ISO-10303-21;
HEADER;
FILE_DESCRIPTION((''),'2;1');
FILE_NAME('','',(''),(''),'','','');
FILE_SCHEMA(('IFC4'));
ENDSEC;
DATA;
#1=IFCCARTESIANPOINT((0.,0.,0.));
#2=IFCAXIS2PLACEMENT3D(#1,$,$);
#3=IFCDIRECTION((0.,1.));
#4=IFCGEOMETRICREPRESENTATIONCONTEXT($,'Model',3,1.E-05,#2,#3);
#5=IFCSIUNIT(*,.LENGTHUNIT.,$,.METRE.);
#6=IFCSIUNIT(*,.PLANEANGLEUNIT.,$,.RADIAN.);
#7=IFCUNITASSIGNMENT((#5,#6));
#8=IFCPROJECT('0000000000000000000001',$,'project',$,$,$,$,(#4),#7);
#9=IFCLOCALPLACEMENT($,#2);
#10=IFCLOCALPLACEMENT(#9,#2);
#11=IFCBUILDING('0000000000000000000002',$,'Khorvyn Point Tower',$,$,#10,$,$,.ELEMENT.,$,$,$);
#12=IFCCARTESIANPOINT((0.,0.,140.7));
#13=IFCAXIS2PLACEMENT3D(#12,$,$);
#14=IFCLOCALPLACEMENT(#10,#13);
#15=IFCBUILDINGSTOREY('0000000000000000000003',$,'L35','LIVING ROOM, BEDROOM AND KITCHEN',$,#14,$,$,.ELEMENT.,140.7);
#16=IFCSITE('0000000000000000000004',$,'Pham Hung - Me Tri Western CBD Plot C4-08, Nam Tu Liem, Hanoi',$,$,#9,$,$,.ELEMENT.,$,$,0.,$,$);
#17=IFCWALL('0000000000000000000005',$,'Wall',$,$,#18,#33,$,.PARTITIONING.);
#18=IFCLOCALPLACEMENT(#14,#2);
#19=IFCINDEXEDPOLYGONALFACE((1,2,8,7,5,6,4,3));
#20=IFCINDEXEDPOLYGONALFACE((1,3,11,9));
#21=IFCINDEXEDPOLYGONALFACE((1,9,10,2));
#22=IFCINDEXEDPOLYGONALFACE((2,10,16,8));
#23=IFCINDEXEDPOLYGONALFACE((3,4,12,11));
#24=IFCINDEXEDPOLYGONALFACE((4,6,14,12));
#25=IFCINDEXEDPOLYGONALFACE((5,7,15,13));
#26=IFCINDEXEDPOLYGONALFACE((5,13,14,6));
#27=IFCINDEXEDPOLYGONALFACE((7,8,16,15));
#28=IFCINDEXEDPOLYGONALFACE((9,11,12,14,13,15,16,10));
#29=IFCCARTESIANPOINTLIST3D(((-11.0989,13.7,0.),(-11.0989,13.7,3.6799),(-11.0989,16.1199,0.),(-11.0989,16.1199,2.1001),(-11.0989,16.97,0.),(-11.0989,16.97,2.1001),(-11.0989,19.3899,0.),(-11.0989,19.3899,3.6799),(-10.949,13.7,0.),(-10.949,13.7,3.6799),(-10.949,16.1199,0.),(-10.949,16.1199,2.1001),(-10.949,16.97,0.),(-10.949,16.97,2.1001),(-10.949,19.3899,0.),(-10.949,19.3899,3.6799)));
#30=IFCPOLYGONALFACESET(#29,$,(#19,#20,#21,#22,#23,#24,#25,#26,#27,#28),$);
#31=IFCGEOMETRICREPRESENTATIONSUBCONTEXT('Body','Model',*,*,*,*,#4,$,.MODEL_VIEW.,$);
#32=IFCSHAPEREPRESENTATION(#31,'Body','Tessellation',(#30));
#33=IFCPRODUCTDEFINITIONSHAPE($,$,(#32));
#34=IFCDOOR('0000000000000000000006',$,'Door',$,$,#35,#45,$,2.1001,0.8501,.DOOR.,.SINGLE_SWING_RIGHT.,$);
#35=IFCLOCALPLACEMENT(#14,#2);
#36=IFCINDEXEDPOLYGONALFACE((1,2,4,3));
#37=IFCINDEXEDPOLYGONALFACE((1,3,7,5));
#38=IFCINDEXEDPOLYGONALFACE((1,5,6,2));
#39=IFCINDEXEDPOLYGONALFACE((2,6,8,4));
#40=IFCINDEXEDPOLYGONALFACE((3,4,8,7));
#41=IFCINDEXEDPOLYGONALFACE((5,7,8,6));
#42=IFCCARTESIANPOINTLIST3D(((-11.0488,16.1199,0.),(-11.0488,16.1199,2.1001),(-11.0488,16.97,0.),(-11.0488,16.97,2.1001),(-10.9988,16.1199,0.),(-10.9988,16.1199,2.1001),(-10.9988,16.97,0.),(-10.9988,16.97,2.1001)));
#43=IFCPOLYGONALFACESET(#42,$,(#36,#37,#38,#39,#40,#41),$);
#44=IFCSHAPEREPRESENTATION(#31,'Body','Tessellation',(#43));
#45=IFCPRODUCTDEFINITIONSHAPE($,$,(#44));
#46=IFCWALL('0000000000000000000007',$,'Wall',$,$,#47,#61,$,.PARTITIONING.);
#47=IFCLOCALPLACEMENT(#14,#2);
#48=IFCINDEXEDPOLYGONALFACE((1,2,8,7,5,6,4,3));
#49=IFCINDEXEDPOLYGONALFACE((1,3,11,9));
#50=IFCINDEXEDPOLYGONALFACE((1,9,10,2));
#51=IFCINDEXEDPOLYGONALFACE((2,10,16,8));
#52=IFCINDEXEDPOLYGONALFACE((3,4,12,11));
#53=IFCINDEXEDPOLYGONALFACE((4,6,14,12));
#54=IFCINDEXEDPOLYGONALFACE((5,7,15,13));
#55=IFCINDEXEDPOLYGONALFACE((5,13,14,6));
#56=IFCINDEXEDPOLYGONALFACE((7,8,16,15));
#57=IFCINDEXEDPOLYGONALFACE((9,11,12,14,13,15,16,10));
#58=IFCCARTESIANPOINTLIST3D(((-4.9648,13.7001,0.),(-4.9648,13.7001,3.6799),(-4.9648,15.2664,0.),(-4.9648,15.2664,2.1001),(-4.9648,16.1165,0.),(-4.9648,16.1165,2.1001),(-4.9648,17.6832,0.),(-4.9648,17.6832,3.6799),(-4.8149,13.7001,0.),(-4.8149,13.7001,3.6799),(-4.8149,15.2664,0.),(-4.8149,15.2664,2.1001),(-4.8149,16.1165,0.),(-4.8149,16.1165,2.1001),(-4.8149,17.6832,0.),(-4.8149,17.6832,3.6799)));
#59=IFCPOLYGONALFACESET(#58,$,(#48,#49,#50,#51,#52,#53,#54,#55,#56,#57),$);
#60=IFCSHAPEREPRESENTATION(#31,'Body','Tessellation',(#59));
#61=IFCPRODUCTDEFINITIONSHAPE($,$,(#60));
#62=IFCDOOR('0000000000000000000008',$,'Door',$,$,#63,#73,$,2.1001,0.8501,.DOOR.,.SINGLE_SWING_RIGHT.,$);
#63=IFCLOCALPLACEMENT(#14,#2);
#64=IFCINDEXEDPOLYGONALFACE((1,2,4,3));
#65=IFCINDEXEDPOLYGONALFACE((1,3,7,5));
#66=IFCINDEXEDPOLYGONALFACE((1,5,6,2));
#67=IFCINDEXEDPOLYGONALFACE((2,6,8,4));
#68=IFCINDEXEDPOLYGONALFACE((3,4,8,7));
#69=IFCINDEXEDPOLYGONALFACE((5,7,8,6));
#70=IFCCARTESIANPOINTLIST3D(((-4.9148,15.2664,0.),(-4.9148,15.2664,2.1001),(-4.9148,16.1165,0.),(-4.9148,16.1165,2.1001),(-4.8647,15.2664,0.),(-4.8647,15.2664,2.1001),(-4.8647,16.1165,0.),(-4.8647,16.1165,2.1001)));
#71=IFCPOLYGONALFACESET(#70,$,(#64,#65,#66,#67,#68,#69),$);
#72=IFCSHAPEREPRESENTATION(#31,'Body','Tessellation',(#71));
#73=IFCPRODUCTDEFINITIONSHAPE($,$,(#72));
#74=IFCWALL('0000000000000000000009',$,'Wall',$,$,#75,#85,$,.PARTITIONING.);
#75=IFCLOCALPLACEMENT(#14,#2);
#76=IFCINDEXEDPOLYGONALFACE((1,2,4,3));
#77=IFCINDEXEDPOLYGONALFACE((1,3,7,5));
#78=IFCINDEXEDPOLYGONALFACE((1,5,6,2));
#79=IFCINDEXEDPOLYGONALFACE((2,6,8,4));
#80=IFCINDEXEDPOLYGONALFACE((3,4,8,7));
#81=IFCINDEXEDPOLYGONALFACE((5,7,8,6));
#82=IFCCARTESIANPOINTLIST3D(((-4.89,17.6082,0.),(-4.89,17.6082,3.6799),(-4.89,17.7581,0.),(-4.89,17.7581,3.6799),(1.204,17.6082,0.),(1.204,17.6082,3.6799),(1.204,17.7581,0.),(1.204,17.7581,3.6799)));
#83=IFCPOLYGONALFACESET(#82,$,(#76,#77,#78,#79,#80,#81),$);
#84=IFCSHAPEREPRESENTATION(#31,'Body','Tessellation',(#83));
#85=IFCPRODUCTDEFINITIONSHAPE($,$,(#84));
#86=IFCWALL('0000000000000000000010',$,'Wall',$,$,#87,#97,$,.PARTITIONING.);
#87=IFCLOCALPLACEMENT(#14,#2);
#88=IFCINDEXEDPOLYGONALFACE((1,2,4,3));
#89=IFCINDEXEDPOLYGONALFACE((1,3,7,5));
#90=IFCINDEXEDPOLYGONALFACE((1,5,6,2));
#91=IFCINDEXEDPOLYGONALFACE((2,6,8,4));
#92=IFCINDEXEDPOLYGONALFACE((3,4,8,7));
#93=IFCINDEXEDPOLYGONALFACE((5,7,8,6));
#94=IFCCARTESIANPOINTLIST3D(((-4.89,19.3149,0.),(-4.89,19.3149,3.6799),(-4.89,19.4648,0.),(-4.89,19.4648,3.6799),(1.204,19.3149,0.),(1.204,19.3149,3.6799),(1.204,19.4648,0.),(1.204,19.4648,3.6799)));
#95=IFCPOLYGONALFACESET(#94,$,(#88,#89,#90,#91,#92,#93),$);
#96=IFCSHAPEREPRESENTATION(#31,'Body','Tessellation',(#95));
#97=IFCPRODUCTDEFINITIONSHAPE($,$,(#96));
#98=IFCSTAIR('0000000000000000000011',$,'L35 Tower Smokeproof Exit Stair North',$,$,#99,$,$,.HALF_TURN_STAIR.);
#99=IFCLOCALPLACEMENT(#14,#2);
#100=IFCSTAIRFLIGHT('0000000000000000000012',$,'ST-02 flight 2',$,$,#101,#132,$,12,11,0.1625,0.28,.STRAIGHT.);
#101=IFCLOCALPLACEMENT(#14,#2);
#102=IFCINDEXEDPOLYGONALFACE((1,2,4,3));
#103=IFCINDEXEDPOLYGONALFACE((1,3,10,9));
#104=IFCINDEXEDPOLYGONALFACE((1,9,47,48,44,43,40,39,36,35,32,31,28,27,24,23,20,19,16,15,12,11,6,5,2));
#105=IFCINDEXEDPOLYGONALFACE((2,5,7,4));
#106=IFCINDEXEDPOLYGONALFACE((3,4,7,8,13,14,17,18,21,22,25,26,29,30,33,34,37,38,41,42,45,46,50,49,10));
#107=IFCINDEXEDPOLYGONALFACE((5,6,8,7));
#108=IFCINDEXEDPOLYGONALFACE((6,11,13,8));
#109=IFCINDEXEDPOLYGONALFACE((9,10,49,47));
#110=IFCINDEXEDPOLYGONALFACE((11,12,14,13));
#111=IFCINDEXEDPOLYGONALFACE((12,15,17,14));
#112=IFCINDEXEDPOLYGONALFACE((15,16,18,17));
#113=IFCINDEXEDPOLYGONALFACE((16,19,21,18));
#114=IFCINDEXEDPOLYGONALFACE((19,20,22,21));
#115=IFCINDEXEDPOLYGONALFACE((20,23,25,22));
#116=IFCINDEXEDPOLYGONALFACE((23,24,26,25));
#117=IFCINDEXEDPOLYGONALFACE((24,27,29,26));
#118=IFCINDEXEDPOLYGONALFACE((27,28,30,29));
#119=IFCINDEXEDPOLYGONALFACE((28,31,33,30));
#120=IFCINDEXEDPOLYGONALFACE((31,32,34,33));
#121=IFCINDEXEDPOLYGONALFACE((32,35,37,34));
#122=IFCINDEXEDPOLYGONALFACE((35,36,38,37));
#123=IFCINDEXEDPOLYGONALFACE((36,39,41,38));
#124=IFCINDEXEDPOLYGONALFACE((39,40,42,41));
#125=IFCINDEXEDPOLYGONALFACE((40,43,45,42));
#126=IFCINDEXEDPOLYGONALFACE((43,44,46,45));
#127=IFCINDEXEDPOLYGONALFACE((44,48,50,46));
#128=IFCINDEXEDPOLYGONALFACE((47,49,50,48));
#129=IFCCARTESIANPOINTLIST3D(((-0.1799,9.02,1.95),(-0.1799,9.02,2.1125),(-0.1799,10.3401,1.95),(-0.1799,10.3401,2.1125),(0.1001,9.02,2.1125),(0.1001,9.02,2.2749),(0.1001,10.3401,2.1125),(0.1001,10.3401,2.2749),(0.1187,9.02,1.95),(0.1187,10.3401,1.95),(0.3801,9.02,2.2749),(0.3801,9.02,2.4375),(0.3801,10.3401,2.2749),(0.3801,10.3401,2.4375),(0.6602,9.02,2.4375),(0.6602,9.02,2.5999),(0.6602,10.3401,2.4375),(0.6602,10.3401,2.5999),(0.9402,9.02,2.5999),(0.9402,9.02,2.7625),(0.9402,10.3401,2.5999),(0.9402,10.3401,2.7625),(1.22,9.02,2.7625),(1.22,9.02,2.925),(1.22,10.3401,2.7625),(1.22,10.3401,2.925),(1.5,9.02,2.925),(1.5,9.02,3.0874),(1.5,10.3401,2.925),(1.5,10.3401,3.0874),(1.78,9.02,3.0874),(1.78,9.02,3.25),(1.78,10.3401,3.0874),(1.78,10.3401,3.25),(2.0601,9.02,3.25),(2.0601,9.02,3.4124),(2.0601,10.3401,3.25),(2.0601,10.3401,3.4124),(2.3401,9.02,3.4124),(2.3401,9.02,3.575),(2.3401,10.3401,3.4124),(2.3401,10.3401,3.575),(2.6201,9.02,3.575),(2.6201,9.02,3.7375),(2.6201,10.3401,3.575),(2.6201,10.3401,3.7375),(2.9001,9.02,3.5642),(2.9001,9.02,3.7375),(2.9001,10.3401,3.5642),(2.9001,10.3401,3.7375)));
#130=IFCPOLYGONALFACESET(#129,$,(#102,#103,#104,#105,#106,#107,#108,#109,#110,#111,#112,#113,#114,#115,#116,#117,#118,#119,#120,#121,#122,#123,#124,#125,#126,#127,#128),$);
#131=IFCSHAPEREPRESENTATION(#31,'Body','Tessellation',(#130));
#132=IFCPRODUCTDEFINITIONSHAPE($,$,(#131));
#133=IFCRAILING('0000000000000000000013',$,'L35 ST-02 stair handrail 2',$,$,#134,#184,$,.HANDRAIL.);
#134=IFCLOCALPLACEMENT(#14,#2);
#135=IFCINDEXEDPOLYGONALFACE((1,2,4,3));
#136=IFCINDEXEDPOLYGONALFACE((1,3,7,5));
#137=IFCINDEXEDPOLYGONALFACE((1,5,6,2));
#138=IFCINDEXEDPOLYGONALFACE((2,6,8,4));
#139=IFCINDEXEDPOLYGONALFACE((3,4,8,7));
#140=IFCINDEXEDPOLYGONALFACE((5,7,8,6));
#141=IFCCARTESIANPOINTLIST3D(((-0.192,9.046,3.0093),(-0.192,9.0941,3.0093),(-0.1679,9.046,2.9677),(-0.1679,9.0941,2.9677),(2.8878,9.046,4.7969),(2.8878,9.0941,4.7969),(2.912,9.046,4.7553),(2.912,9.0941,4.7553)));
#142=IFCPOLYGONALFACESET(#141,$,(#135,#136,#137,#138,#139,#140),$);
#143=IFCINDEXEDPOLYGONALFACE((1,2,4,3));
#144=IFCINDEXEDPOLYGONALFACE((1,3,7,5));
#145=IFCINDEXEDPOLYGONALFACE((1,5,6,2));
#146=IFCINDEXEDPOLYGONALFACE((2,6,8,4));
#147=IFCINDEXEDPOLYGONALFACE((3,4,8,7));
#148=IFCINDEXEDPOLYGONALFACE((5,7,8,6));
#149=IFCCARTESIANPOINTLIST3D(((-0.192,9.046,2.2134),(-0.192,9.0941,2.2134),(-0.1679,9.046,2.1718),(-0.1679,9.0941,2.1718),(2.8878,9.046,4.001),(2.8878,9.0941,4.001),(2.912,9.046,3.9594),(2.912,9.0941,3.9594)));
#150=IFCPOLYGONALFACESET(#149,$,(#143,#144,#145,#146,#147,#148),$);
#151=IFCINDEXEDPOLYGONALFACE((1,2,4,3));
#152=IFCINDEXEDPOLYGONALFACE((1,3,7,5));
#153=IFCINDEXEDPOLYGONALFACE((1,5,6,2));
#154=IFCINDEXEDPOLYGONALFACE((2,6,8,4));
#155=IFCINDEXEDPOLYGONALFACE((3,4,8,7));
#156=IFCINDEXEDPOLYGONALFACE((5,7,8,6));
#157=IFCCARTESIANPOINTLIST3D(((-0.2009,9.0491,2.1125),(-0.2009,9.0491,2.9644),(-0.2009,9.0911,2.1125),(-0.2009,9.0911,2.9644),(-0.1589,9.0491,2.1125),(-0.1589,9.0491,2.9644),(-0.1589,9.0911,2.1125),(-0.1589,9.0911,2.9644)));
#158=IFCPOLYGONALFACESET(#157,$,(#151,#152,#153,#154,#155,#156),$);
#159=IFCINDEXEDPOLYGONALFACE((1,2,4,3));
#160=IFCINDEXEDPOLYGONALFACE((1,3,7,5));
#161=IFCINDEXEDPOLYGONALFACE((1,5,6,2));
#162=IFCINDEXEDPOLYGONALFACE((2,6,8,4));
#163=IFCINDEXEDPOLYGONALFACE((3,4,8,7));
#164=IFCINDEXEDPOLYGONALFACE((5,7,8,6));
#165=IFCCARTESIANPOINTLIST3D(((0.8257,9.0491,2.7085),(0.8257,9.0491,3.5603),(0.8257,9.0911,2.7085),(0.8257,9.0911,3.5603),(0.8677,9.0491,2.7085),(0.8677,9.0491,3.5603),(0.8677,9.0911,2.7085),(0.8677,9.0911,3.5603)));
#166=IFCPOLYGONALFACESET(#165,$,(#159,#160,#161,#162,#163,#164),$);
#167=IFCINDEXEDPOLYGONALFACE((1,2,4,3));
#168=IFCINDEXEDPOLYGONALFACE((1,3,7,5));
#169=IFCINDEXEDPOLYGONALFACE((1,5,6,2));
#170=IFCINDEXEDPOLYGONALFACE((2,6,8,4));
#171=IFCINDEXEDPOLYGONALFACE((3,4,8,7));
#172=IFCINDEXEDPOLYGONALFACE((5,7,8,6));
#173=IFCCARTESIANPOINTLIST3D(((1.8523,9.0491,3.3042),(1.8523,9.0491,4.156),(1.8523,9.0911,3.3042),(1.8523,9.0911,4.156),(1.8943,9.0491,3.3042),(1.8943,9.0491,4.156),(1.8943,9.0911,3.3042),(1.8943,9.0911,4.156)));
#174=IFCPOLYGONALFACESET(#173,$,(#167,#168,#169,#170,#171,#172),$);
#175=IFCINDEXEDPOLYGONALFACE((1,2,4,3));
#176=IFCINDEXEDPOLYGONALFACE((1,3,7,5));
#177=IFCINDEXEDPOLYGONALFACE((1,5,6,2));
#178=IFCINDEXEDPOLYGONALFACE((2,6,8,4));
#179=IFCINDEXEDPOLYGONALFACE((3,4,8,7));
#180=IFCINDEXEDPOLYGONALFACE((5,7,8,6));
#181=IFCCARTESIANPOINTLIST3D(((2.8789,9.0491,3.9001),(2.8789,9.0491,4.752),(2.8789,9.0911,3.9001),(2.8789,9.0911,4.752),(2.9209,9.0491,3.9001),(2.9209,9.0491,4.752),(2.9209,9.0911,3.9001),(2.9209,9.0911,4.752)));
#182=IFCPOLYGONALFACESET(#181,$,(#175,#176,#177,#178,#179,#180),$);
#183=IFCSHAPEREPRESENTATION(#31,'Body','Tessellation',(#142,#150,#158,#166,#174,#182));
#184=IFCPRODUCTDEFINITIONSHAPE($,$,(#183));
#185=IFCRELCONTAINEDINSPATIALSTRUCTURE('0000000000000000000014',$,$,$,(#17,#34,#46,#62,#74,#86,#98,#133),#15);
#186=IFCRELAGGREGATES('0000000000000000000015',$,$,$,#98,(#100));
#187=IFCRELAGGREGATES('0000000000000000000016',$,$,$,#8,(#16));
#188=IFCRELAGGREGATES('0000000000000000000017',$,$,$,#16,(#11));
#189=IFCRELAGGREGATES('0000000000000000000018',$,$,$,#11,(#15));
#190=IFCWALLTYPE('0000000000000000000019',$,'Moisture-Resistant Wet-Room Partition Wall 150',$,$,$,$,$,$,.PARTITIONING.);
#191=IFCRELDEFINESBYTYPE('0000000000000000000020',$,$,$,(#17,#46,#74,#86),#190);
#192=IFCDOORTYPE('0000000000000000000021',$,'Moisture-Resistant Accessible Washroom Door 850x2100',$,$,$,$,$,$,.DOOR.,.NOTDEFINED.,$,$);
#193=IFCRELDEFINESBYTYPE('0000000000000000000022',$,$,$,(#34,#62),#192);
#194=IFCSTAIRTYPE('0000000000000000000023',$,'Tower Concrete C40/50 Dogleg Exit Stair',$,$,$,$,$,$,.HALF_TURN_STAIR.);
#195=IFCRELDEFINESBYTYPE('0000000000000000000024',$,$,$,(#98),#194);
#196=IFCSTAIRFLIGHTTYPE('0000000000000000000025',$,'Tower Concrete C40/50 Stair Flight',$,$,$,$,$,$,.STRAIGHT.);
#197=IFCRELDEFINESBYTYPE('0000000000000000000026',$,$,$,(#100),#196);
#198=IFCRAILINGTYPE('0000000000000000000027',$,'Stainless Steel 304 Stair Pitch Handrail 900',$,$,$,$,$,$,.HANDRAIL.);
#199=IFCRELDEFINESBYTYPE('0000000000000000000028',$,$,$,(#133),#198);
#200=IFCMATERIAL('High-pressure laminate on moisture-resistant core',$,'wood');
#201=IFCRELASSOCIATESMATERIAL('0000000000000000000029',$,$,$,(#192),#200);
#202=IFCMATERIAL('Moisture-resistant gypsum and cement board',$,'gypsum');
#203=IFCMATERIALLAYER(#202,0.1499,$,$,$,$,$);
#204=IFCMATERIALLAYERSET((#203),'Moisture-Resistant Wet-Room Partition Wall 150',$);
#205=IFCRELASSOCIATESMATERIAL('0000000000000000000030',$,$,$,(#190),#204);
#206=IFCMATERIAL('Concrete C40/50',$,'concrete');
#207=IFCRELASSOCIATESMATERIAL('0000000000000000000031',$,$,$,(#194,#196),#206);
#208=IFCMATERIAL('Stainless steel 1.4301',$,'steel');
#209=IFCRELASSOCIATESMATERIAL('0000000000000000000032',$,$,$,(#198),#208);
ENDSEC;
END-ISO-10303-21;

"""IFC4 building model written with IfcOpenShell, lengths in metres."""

from ifc_helpers import new_model, si_unit, direction, frame, frame_2d, origin, origin_2d, place, context, subcontext, project, spatial, polyline, rectangle, outline, extrude, material, layer, layer_set, type_object, element, fill, aggregate, save


model = new_model("IFC4")

# Units and contexts
model_context = context("Model", 3, precision=1e-05, world=origin(), true_north=direction((0.0, 1.0)))
body_context = subcontext(model_context, "Body", "Model", "MODEL_VIEW")
ifc_project = project(units=[si_unit("LENGTHUNIT", "METRE"), si_unit("PLANEANGLEUNIT", "RADIAN")], contexts=[model_context])

# Site, building, storey
site_placement = place(None, origin())
site = spatial("IfcSite", under=ifc_project, at=site_placement, Name="Pham Hung - Me Tri Western CBD Plot C4-08, Nam Tu Liem, Hanoi", CompositionType="ELEMENT", RefElevation=0.0)
building_placement = place(site_placement, origin())
building = spatial("IfcBuilding", under=site, at=building_placement, Name="Khorvyn Point Tower", CompositionType="ELEMENT")
storey_placement = place(building_placement, frame((0.0, 0.0, 140.7)))
storey = spatial("IfcBuildingStorey", under=building, at=storey_placement, Name="L35", Description="LIVING ROOM, BEDROOM AND KITCHEN", CompositionType="ELEMENT", Elevation=140.7)

# Shared definitions
ifc_material_1 = material(Name="Concrete C40/50", Category="concrete")

# Walls, openings, doors
ifc_material_2 = material(Name="High-pressure laminate on moisture-resistant core", Category="wood")
door_type_1 = type_object("IfcDoorType", Name="Moisture-Resistant Accessible Washroom Door 850x2100", OperationType="NOTDEFINED", PredefinedType="DOOR", material=ifc_material_2)
ifc_material_3 = material(Name="Moisture-resistant gypsum and cement board", Category="gypsum")
ifc_layer_1 = layer(ifc_material_3, 0.1499)
ifc_layer_set_1 = layer_set([ifc_layer_1], Name="Moisture-Resistant Wet-Room Partition Wall 150")
wall_type_1 = type_object("IfcWallType", Name="Moisture-Resistant Wet-Room Partition Wall 150", PredefinedType="PARTITIONING", material=ifc_layer_set_1)
wall_1_placement = place(storey_placement, frame((-11.0239, 13.7, 0.0), z_axis=(0.0, 0.0, 1.0), x_axis=(0.0, 1.0, 0.0)))
wall_1 = element("IfcWall", 1, at=wall_1_placement, inside=storey, type_object=wall_type_1, Name="Wall", PredefinedType="PARTITIONING", context=body_context, shape_type="SweptSolid", body=[
    extrude(rectangle(XDim=5.6899, YDim=0.1499, at=frame_2d((2.845, 0.0))), origin(), (0.0, 0.0, 1.0), 3.6799),
])
opening_1_placement = place(wall_1_placement, frame((2.4199, 0.0, 0.0)))
opening_1 = element("IfcOpeningElement", 2, at=opening_1_placement, cuts=wall_1, PredefinedType="OPENING", context=body_context, shape_type="SweptSolid", body=[
    extrude(rectangle(XDim=0.8501, YDim=2.1001, at=frame_2d((0.425, 1.05))), frame((0.0, 0.085, 0.0), z_axis=(0.0, -1.0, 0.0), x_axis=(1.0, 0.0, 0.0)), (0.0, 0.0, 1.0), 0.1699),
])
door_1_placement = place(opening_1_placement, origin())
door_1 = element("IfcDoor", 3, at=door_1_placement, inside=storey, type_object=door_type_1, Name="Door", OperationType="SINGLE_SWING_RIGHT", OverallHeight=2.1001, OverallWidth=0.8501, PredefinedType="DOOR", context=body_context, shape_type="SweptSolid", body=[
    extrude(rectangle(XDim=0.8501, YDim=2.1001, at=frame_2d((0.425, 1.05))), frame((0.0, 0.0249, 0.0), z_axis=(0.0, -1.0, 0.0), x_axis=(1.0, 0.0, 0.0)), (0.0, 0.0, 1.0), 0.05),
])
fill(opening_1, door_1)
wall_2_placement = place(storey_placement, frame((-4.8899, 13.7, 0.0), z_axis=(0.0, 0.0, 1.0), x_axis=(0.0, 1.0, 0.0)))
wall_2 = element("IfcWall", 4, at=wall_2_placement, inside=storey, type_object=wall_type_1, Name="Wall", PredefinedType="PARTITIONING", context=body_context, shape_type="SweptSolid", body=[
    extrude(rectangle(XDim=3.9832, YDim=0.1499, at=frame_2d((1.9917, 0.0))), origin(), (0.0, 0.0, 1.0), 3.6799),
])
opening_2_placement = place(wall_2_placement, frame((1.5664, 0.0, 0.0)))
opening_2 = element("IfcOpeningElement", 5, at=opening_2_placement, cuts=wall_2, PredefinedType="OPENING", context=body_context, shape_type="SweptSolid", body=[
    extrude(rectangle(XDim=0.8501, YDim=2.1001, at=frame_2d((0.425, 1.05))), frame((0.0, 0.085, 0.0), z_axis=(0.0, -1.0, 0.0), x_axis=(1.0, 0.0, 0.0)), (0.0, 0.0, 1.0), 0.1699),
])
door_2_placement = place(opening_2_placement, origin())
door_2 = element("IfcDoor", 6, at=door_2_placement, inside=storey, type_object=door_type_1, Name="Door", OperationType="SINGLE_SWING_RIGHT", OverallHeight=2.1001, OverallWidth=0.8501, PredefinedType="DOOR", context=body_context, shape_type="SweptSolid", body=[
    extrude(rectangle(XDim=0.8501, YDim=2.1001, at=frame_2d((0.425, 1.05))), frame((0.0, 0.0249, 0.0), z_axis=(0.0, -1.0, 0.0), x_axis=(1.0, 0.0, 0.0)), (0.0, 0.0, 1.0), 0.05),
])
fill(opening_2, door_2)

# Walls
for number, where, z_axis, x_axis, name in (
    (7, (-4.8899, 17.6831, 0.0), (0.0, 0.0, 1.0), (1.0, 0.0, 0.0), "Wall"),
    (8, (-4.8899, 19.3899, 0.0), (0.0, 0.0, 1.0), (1.0, 0.0, 0.0), "Wall"),
):
    element("IfcWall", number, at=place(storey_placement, frame(where, z_axis=z_axis, x_axis=x_axis)), inside=storey, type_object=wall_type_1, Name=name, PredefinedType="PARTITIONING", context=body_context, shape_type="SweptSolid", body=[
        extrude(rectangle(XDim=6.094, YDim=0.1499, at=frame_2d((3.0469, 0.0))), origin(), (0.0, 0.0, 1.0), 3.6799),
    ])

# Stair, stair flight
stair_type = type_object("IfcStairType", Name="Tower Concrete C40/50 Dogleg Exit Stair", PredefinedType="HALF_TURN_STAIR", material=ifc_material_1)
stair_placement = place(storey_placement, origin())
stair = element("IfcStair", 9, at=stair_placement, inside=storey, type_object=stair_type, Name="L35 Tower Smokeproof Exit Stair North", PredefinedType="HALF_TURN_STAIR")
stair_flight_type = type_object("IfcStairFlightType", Name="Tower Concrete C40/50 Stair Flight", PredefinedType="STRAIGHT", material=ifc_material_1)
stair_flight_placement = place(storey_placement, frame((-0.1799, 9.6799, 1.95), z_axis=(0.0, 0.0, 1.0), x_axis=(1.0, 0.0, 0.0)))
stair_flight = element("IfcStairFlight", 10, at=stair_flight_placement, type_object=stair_flight_type, Name="ST-02 flight 2", NumberOfRisers=12, NumberOfTreads=11, PredefinedType="STRAIGHT", RiserHeight=0.1625, TreadLength=0.28, context=body_context, shape_type="SweptSolid", body=[
    extrude(outline(polyline([(0.0, 0.0), (0.0, 0.1626), (0.28, 0.1626), (0.28, 0.325), (0.5601, 0.325), (0.5601, 0.4875), (0.8401, 0.4875), (0.8401, 0.6499), (1.1201, 0.6499), (1.1201, 0.8125), (1.3999, 0.8125), (1.3999, 0.9751), (1.6799, 0.9751), (1.6799, 1.1375), (1.96, 1.1375), (1.96, 1.3), (2.24, 1.3), (2.24, 1.4624), (2.52, 1.4624), (2.52, 1.625), (2.8, 1.625), (2.8, 1.7876), (3.0801, 1.7876), (3.0801, 1.95), (3.0801, 1.6143), (0.2986, 0.0), (0.0, 0.0)])), frame((0.0, 0.6602, 0.0), z_axis=(0.0, -1.0, 0.0), x_axis=(1.0, 0.0, 0.0)), (0.0, 0.0, 1.0), 1.3201),
])
aggregate(stair, [stair_flight])

# Railing
ifc_material_4 = material(Name="Stainless steel 1.4301", Category="steel")
railing_type_1 = type_object("IfcRailingType", Name="Stainless Steel 304 Stair Pitch Handrail 900", PredefinedType="HANDRAIL", material=ifc_material_4)
railing_1_placement = place(storey_placement, frame((-0.1799, 9.0701, 2.1125)))
element("IfcRailing", 11, at=railing_1_placement, inside=storey, type_object=railing_type_1, Name="L35 ST-02 stair handrail 2", PredefinedType="HANDRAIL", context=body_context, shape_type="SweptSolid", body=[
    extrude(rectangle(XDim=0.0481, YDim=0.0481, at=origin_2d()), frame((0.0, 0.0, 0.876), z_axis=(0.864873, 0.0, 0.50199), x_axis=(0.0, 1.0, 0.0)), (0.0, 0.0, 1.0), 3.561),
    extrude(rectangle(XDim=0.0481, YDim=0.0481, at=origin_2d()), frame((0.0, 0.0, 0.0801), z_axis=(0.864873, 0.0, 0.50199), x_axis=(0.0, 1.0, 0.0)), (0.0, 0.0, 1.0), 3.561),
    extrude(rectangle(XDim=0.042, YDim=0.042, at=origin_2d()), origin(), (0.0, 0.0, 1.0), 0.8518),
    extrude(rectangle(XDim=0.042, YDim=0.042, at=origin_2d()), frame((1.0266, 0.0, 0.5959)), (0.0, 0.0, 1.0), 0.8518),
    extrude(rectangle(XDim=0.042, YDim=0.042, at=origin_2d()), frame((2.0532, 0.0, 1.1917)), (0.0, 0.0, 1.0), 0.8518),
    extrude(rectangle(XDim=0.042, YDim=0.042, at=origin_2d()), frame((3.0798, 0.0, 1.7876)), (0.0, 0.0, 1.0), 0.8518),
])

save(model, "model.ifc")
